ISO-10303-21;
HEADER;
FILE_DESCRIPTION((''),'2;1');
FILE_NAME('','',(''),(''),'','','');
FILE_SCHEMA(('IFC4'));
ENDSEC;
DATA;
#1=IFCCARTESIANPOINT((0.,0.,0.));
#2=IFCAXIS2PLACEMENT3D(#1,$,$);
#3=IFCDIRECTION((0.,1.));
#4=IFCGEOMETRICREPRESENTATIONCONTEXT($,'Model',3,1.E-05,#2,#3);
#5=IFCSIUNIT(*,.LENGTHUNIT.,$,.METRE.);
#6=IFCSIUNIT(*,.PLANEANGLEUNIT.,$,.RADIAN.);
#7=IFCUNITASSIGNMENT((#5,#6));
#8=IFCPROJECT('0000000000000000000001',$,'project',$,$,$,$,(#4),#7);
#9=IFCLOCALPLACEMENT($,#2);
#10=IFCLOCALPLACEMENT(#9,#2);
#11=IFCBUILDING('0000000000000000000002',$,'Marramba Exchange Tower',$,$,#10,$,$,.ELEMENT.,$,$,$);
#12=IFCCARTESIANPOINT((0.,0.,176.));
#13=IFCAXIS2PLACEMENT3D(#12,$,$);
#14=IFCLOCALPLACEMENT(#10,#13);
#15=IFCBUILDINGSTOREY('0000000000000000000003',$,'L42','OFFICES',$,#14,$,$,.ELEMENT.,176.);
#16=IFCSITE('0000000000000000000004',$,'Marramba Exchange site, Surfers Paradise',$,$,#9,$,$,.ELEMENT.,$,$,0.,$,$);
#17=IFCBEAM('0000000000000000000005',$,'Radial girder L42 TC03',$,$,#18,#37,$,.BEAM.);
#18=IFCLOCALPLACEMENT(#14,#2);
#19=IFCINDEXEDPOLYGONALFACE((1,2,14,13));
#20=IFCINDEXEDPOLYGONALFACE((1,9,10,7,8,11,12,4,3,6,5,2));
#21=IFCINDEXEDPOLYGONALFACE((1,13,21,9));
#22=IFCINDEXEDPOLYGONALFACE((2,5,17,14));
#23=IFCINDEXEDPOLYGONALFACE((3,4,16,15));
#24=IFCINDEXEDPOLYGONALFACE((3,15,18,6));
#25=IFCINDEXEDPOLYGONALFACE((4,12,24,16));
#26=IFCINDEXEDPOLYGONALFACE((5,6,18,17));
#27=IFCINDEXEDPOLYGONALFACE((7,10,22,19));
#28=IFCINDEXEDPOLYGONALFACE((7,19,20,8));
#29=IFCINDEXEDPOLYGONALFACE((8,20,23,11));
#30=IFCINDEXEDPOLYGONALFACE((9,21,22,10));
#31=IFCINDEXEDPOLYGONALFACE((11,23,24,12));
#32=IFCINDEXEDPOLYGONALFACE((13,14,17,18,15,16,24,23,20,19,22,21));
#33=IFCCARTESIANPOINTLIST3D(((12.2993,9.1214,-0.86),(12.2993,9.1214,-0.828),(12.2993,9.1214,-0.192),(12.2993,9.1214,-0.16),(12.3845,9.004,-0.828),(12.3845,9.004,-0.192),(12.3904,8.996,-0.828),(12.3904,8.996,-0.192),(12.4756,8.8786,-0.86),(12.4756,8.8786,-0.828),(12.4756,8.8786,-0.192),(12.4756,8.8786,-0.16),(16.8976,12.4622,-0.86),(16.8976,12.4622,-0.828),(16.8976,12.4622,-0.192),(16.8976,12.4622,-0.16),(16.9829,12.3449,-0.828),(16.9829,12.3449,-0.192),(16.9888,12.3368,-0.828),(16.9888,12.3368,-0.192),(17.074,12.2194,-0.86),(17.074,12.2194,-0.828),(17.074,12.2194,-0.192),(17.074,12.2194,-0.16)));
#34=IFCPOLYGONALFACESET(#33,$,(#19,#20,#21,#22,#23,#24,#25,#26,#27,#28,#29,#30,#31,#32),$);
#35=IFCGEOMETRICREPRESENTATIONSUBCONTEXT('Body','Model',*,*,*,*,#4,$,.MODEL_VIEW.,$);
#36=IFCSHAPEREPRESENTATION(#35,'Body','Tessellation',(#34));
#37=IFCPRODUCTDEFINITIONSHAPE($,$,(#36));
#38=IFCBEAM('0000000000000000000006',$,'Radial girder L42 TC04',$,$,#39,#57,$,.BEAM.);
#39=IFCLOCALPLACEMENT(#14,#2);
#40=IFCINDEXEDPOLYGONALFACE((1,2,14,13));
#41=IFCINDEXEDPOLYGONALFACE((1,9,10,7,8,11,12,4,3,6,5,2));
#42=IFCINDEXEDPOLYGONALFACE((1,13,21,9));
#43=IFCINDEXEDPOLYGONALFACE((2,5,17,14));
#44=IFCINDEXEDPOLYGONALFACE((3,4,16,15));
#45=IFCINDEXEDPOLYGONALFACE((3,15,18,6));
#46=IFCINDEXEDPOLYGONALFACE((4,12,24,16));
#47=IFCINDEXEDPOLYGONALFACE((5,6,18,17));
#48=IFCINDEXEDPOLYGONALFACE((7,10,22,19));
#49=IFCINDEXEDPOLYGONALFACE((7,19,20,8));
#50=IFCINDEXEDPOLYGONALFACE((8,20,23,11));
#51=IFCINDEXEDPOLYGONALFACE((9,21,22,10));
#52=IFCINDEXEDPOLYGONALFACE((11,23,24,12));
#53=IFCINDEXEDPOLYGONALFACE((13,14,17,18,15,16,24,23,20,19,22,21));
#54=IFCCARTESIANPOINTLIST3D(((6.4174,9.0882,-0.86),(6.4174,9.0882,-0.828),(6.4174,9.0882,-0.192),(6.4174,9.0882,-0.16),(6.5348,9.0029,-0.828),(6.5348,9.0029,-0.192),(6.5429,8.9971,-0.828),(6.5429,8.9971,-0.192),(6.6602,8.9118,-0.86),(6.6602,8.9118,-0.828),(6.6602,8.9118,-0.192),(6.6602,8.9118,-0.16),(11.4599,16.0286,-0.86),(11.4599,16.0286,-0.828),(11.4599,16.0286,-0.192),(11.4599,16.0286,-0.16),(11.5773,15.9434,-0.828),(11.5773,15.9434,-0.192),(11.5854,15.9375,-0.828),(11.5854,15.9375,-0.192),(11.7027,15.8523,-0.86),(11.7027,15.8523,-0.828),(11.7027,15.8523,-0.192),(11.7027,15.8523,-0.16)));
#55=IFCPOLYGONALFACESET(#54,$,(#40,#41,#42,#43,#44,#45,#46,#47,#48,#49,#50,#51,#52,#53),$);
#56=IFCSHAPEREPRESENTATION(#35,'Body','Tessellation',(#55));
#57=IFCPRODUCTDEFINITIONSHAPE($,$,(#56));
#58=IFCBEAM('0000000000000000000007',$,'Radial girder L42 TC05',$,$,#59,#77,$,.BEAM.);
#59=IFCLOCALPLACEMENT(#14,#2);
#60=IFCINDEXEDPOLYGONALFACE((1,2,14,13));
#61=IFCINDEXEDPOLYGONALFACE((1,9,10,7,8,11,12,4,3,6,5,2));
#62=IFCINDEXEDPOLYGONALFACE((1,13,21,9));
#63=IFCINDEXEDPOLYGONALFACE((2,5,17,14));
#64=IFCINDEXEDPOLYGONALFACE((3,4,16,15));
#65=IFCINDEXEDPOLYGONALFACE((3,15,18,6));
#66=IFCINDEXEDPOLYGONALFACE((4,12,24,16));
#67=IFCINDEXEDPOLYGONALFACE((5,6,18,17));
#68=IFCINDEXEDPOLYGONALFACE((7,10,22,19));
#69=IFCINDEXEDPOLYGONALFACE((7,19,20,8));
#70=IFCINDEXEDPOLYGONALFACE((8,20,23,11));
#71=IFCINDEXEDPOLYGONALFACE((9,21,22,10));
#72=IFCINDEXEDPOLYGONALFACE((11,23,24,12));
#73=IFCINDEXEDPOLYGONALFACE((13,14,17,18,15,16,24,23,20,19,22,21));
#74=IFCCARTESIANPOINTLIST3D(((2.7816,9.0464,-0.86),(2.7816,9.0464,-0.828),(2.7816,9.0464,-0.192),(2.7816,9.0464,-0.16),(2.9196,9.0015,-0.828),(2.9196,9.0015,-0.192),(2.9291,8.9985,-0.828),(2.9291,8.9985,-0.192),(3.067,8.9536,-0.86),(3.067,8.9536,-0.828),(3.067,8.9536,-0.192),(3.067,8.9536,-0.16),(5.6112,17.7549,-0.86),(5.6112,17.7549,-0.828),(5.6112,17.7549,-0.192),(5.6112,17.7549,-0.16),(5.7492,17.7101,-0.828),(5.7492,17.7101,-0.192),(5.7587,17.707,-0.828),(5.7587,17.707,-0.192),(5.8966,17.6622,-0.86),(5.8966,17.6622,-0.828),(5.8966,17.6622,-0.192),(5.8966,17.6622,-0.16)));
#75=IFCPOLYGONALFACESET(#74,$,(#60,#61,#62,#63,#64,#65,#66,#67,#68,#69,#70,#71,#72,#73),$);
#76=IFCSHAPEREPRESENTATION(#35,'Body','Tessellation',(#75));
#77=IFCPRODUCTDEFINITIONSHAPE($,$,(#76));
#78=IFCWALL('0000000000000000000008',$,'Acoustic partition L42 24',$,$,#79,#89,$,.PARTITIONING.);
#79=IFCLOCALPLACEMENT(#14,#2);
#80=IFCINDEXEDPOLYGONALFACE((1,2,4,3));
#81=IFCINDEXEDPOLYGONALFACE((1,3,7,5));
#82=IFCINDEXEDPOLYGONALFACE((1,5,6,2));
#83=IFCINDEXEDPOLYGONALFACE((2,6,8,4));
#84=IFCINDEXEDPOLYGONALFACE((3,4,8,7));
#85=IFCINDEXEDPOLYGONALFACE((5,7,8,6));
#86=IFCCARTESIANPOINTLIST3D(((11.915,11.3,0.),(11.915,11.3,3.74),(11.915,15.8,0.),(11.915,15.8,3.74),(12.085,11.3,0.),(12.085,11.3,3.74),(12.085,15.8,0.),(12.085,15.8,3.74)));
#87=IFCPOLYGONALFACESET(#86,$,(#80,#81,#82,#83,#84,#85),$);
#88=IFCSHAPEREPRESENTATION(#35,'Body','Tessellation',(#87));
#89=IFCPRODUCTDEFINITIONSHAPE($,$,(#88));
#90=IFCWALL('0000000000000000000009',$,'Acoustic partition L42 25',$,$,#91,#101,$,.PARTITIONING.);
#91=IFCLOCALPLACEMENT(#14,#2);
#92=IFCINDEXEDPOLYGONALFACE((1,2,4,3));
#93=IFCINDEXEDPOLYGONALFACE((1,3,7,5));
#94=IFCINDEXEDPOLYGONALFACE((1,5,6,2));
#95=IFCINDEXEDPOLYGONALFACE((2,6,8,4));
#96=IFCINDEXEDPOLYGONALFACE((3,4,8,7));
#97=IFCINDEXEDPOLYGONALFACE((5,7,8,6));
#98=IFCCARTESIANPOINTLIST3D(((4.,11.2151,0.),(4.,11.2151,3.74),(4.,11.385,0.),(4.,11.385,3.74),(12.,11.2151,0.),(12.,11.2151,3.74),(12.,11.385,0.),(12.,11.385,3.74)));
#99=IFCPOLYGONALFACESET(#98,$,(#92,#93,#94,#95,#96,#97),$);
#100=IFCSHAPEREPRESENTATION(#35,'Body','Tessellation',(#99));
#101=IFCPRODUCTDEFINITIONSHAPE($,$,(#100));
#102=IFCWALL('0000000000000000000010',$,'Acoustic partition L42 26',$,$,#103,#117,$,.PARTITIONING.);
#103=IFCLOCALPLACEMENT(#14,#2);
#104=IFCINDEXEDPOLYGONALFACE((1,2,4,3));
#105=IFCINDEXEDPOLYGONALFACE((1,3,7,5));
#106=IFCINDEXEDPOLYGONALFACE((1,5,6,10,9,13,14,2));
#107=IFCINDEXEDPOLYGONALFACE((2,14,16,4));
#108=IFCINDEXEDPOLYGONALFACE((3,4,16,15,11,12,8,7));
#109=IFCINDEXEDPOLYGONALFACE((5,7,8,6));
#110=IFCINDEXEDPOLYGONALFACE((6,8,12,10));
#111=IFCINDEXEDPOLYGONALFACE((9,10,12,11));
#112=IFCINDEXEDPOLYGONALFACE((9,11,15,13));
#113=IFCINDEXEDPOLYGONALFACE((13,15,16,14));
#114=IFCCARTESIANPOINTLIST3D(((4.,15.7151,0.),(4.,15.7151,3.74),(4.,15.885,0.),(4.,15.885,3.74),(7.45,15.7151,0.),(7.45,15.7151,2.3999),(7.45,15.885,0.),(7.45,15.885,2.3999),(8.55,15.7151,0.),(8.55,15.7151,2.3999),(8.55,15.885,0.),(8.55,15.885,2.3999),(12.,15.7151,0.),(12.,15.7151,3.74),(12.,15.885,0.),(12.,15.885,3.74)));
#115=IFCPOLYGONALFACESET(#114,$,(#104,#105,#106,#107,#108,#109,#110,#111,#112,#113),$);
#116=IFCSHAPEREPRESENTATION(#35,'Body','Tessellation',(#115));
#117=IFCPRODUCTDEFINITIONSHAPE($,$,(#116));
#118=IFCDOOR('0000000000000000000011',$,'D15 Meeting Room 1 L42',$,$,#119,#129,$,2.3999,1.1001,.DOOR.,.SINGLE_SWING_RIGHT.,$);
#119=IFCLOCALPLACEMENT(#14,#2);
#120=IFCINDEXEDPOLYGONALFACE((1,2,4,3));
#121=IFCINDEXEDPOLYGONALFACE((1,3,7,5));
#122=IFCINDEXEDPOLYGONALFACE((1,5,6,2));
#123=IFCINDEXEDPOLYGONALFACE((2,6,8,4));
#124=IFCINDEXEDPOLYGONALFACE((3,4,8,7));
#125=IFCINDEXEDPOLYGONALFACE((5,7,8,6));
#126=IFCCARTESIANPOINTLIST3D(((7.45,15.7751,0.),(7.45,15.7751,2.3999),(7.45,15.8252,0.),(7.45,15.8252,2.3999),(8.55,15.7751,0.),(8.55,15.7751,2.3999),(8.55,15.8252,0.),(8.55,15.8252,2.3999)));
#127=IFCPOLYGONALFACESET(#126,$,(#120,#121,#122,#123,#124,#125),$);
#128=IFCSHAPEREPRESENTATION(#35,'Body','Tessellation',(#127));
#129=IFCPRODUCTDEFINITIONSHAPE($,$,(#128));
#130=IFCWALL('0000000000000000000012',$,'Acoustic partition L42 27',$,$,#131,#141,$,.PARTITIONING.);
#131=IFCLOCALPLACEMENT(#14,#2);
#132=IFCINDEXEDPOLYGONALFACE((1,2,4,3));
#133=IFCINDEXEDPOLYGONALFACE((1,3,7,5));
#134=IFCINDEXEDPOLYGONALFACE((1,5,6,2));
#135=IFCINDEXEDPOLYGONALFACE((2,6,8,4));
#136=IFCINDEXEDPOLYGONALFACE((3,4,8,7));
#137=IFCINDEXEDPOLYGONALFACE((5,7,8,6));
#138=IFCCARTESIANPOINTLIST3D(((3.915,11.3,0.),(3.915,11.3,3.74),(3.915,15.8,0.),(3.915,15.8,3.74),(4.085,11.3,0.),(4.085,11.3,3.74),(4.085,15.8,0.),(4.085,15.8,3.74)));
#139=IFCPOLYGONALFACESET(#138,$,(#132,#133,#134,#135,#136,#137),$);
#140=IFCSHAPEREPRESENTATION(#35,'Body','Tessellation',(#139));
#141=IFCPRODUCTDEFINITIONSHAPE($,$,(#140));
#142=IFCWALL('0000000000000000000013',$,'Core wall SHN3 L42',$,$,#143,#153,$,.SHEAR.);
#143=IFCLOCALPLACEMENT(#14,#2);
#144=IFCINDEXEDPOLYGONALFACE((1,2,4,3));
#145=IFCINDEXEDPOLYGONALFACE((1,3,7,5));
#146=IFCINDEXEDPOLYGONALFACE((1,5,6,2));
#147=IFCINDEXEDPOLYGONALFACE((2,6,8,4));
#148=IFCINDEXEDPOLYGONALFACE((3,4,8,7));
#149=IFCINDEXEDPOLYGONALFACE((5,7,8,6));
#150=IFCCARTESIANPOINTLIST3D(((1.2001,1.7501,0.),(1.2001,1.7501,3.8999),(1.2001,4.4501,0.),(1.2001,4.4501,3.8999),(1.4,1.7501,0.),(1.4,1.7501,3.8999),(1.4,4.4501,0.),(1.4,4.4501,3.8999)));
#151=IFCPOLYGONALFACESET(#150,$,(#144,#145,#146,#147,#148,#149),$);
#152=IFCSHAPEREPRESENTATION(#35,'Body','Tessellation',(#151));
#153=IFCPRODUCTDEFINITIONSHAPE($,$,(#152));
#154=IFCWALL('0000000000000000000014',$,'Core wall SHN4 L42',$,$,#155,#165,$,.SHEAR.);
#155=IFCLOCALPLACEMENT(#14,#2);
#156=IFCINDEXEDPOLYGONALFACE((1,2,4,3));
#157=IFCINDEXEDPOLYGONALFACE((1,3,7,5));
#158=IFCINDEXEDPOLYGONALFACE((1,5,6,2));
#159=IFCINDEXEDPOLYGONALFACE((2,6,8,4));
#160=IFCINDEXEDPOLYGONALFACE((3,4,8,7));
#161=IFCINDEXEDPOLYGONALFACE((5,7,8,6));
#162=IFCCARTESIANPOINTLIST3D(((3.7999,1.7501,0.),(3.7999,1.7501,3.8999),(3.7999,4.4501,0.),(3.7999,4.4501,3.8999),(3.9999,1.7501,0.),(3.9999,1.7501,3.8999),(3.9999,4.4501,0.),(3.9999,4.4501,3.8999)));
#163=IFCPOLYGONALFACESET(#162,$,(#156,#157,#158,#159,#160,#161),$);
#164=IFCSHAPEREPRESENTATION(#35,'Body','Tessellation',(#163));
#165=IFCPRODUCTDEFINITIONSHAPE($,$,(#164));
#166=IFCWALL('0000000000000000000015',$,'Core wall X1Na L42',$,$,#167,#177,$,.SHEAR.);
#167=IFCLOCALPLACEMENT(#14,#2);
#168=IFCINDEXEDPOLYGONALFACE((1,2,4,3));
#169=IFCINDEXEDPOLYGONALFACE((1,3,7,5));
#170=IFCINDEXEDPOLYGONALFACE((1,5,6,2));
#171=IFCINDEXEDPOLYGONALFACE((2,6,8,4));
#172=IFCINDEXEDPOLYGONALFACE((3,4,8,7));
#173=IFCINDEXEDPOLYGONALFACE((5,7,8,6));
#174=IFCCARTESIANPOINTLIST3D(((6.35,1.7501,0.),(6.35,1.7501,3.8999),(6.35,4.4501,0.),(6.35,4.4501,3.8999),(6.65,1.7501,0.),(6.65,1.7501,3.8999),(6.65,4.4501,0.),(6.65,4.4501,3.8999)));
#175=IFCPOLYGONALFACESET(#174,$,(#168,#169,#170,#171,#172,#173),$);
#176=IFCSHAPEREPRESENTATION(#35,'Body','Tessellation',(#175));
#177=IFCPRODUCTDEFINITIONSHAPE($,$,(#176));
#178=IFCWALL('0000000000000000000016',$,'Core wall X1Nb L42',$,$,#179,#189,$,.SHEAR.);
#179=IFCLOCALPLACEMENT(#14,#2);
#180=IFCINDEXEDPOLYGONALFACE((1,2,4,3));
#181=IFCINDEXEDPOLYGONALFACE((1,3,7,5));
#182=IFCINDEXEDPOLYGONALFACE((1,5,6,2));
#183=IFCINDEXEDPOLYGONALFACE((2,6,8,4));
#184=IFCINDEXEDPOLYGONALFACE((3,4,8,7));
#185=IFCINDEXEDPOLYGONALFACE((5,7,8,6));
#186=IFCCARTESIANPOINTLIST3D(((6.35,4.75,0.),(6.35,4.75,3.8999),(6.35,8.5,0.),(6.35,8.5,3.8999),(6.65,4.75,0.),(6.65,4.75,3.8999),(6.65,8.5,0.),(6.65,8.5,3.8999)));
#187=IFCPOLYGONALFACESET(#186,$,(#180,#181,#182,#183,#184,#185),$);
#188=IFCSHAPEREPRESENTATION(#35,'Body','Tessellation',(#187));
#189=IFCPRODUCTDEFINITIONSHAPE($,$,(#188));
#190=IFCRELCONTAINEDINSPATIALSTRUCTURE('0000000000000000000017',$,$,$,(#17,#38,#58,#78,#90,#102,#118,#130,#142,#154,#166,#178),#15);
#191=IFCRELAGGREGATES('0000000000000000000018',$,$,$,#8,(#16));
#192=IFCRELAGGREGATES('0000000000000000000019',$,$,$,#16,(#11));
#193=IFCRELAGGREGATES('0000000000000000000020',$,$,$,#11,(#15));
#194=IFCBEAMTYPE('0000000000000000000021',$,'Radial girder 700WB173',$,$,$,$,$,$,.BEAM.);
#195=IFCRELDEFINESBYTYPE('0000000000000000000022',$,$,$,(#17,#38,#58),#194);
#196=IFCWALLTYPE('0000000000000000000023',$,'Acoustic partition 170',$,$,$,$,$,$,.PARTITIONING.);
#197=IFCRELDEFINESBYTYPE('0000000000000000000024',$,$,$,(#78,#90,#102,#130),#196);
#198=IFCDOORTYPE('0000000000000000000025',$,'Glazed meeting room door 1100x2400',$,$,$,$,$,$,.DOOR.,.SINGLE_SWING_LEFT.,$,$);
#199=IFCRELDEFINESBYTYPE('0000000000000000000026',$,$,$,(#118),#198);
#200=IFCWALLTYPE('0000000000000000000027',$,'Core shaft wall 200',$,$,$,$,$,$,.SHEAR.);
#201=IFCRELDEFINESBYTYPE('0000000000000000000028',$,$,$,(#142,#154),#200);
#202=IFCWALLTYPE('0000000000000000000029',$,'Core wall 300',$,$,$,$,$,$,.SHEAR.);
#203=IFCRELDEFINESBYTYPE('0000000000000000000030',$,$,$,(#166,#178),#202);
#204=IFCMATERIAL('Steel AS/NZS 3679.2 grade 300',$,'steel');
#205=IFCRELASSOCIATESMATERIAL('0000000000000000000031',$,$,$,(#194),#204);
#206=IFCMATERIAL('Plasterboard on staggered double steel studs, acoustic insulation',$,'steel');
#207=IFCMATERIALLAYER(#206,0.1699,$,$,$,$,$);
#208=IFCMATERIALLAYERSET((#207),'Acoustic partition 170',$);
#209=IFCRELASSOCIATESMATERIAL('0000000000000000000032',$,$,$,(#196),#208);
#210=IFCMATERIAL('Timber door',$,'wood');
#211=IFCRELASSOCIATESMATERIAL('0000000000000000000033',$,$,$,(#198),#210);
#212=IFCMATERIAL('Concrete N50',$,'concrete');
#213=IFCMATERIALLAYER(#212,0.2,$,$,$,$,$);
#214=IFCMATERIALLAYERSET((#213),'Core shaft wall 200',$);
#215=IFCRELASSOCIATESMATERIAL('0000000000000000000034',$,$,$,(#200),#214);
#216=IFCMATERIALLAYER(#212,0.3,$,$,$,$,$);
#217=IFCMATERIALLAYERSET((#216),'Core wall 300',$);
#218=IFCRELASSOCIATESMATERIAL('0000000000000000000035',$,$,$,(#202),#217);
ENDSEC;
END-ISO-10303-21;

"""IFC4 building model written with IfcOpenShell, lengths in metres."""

from ifc_helpers import new_model, si_unit, direction, frame, frame_2d, origin, origin_2d, place, context, subcontext, project, spatial, rectangle, i_section, extrude, material, layer, layer_set, material_profile, profile_set, type_object, element, fill, save


model = new_model("IFC4")

# Units and contexts
model_context = context("Model", 3, precision=1e-05, world=origin(), true_north=direction((0.0, 1.0)))
body_context = subcontext(model_context, "Body", "Model", "MODEL_VIEW")
ifc_project = project(units=[si_unit("LENGTHUNIT", "METRE"), si_unit("PLANEANGLEUNIT", "RADIAN")], contexts=[model_context])

# Site, building, storey
site_placement = place(None, origin())
site = spatial("IfcSite", under=ifc_project, at=site_placement, Name="Marramba Exchange site, Surfers Paradise", CompositionType="ELEMENT", RefElevation=0.0)
building_placement = place(site_placement, origin())
building = spatial("IfcBuilding", under=site, at=building_placement, Name="Marramba Exchange Tower", CompositionType="ELEMENT")
storey_placement = place(building_placement, frame((0.0, 0.0, 176.0)))
storey = spatial("IfcBuildingStorey", under=building, at=storey_placement, Name="L42", Description="OFFICES", CompositionType="ELEMENT", Elevation=176.0)

# Beams
ifc_material_1 = material(Name="Steel AS/NZS 3679.2 grade 300", Category="steel")
ifc_material_profile_1 = material_profile(ifc_material_1, i_section(OverallWidth=0.3, OverallDepth=0.7, WebThickness=0.01, FlangeThickness=0.032, at=origin_2d()), Name="700WB173")
ifc_profile_set_1 = profile_set([ifc_material_profile_1], Name="Steel AS/NZS 3679.2 grade 300")
beam_type_1 = type_object("IfcBeamType", Name="Radial girder 700WB173", PredefinedType="BEAM", material=ifc_profile_set_1)
beam_1_placement = place(storey_placement, frame((12.3875, 9.0, -0.51), z_axis=(0.809026, 0.587773, 0.0), x_axis=(-0.587773, 0.809026, 0.0)))
element("IfcBeam", 1, at=beam_1_placement, inside=storey, type_object=beam_type_1, Name="Radial girder L42 TC03", PredefinedType="BEAM", context=body_context, shape_type="SweptSolid", body=[
    extrude(i_section(OverallWidth=0.3, OverallDepth=0.7, WebThickness=0.01, FlangeThickness=0.032, at=origin_2d()), origin(), (0.0, 0.0, 1.0), 5.6838),
])
beam_2_placement = place(storey_placement, frame((6.5388, 9.0, -0.51), z_axis=(0.587782, 0.809019, 0.0), x_axis=(-0.809019, 0.587782, 0.0)))
element("IfcBeam", 2, at=beam_2_placement, inside=storey, type_object=beam_type_1, Name="Radial girder L42 TC04", PredefinedType="BEAM", context=body_context, shape_type="SweptSolid", body=[
    extrude(i_section(OverallWidth=0.3, OverallDepth=0.7, WebThickness=0.01, FlangeThickness=0.032, at=origin_2d()), origin(), (0.0, 0.0, 1.0), 8.5789),
])
beam_3_placement = place(storey_placement, frame((2.9243, 9.0, -0.51), z_axis=(0.30902, 0.951056, 0.0), x_axis=(-0.951056, 0.30902, 0.0)))
element("IfcBeam", 3, at=beam_3_placement, inside=storey, type_object=beam_type_1, Name="Radial girder L42 TC05", PredefinedType="BEAM", context=body_context, shape_type="SweptSolid", body=[
    extrude(i_section(OverallWidth=0.3, OverallDepth=0.7, WebThickness=0.01, FlangeThickness=0.032, at=origin_2d()), origin(), (0.0, 0.0, 1.0), 9.1567),
])

# Walls
ifc_material_2 = material(Name="Plasterboard on staggered double steel studs, acoustic insulation", Category="steel")
ifc_layer_1 = layer(ifc_material_2, 0.1699)
ifc_layer_set_1 = layer_set([ifc_layer_1], Name="Acoustic partition 170")
wall_type_1 = type_object("IfcWallType", Name="Acoustic partition 170", PredefinedType="PARTITIONING", material=ifc_layer_set_1)
wall_1_placement = place(storey_placement, frame((12.0, 11.3, 0.0), z_axis=(0.0, 0.0, 1.0), x_axis=(0.0, 1.0, 0.0)))
element("IfcWall", 4, at=wall_1_placement, inside=storey, type_object=wall_type_1, Name="Acoustic partition L42 24", PredefinedType="PARTITIONING", context=body_context, shape_type="SweptSolid", body=[
    extrude(rectangle(XDim=4.5, YDim=0.1699, at=frame_2d((2.25, 0.0))), origin(), (0.0, 0.0, 1.0), 3.74),
])
wall_2_placement = place(storey_placement, frame((4.0, 11.3, 0.0), z_axis=(0.0, 0.0, 1.0), x_axis=(1.0, 0.0, 0.0)))
element("IfcWall", 5, at=wall_2_placement, inside=storey, type_object=wall_type_1, Name="Acoustic partition L42 25", PredefinedType="PARTITIONING", context=body_context, shape_type="SweptSolid", body=[
    extrude(rectangle(XDim=8.0, YDim=0.1699, at=frame_2d((4.0, 0.0))), origin(), (0.0, 0.0, 1.0), 3.74),
])

# Wall, opening, door
wall_3_placement = place(storey_placement, frame((12.0, 15.8, 0.0), z_axis=(0.0, 0.0, 1.0), x_axis=(-1.0, 0.0, 0.0)))
wall_3 = element("IfcWall", 6, at=wall_3_placement, inside=storey, type_object=wall_type_1, Name="Acoustic partition L42 26", PredefinedType="PARTITIONING", context=body_context, shape_type="SweptSolid", body=[
    extrude(rectangle(XDim=8.0, YDim=0.1699, at=frame_2d((4.0, 0.0))), origin(), (0.0, 0.0, 1.0), 3.74),
])
opening_placement = place(wall_3_placement, frame((3.45, 0.0, 0.0)))
opening = element("IfcOpeningElement", 7, at=opening_placement, cuts=wall_3, PredefinedType="OPENING", context=body_context, shape_type="SweptSolid", body=[
    extrude(rectangle(XDim=1.1001, YDim=2.3999, at=frame_2d((0.55, 1.2))), frame((0.0, 0.095, 0.0), z_axis=(0.0, -1.0, 0.0), x_axis=(1.0, 0.0, 0.0)), (0.0, 0.0, 1.0), 0.1899),
])
ifc_material_3 = material(Name="Timber door", Category="wood")
door_type = type_object("IfcDoorType", Name="Glazed meeting room door 1100x2400", OperationType="SINGLE_SWING_LEFT", PredefinedType="DOOR", material=ifc_material_3)
door_placement = place(opening_placement, origin())
door = element("IfcDoor", 8, at=door_placement, inside=storey, type_object=door_type, Name="D15 Meeting Room 1 L42", OperationType="SINGLE_SWING_RIGHT", OverallHeight=2.3999, OverallWidth=1.1001, PredefinedType="DOOR", context=body_context, shape_type="SweptSolid", body=[
    extrude(rectangle(XDim=1.1001, YDim=2.3999, at=frame_2d((0.55, 1.2))), frame((0.0, 0.0249, 0.0), z_axis=(0.0, -1.0, 0.0), x_axis=(1.0, 0.0, 0.0)), (0.0, 0.0, 1.0), 0.05),
])
fill(opening, door)

# Walls
wall_4_placement = place(storey_placement, frame((4.0, 15.8, 0.0), z_axis=(0.0, 0.0, 1.0), x_axis=(0.0, -1.0, 0.0)))
element("IfcWall", 9, at=wall_4_placement, inside=storey, type_object=wall_type_1, Name="Acoustic partition L42 27", PredefinedType="PARTITIONING", context=body_context, shape_type="SweptSolid", body=[
    extrude(rectangle(XDim=4.5, YDim=0.1699, at=frame_2d((2.25, 0.0))), origin(), (0.0, 0.0, 1.0), 3.74),
])
ifc_material_4 = material(Name="Concrete N50", Category="concrete")
ifc_layer_2 = layer(ifc_material_4, 0.2)
ifc_layer_set_2 = layer_set([ifc_layer_2], Name="Core shaft wall 200")
wall_type_2 = type_object("IfcWallType", Name="Core shaft wall 200", PredefinedType="SHEAR", material=ifc_layer_set_2)
for number, where, z_axis, x_axis, name in (
    (10, (1.3, 1.75, 0.0), (0.0, 0.0, 1.0), (0.0, 1.0, 0.0), "Core wall SHN3 L42"),
    (11, (3.8999, 1.75, 0.0), (0.0, 0.0, 1.0), (0.0, 1.0, 0.0), "Core wall SHN4 L42"),
):
    element("IfcWall", number, at=place(storey_placement, frame(where, z_axis=z_axis, x_axis=x_axis)), inside=storey, type_object=wall_type_2, Name=name, PredefinedType="SHEAR", context=body_context, shape_type="SweptSolid", body=[
        extrude(rectangle(XDim=2.7, YDim=0.2, at=frame_2d((1.3501, 0.0))), origin(), (0.0, 0.0, 1.0), 3.8999),
    ])
ifc_layer_3 = layer(ifc_material_4, 0.3)
ifc_layer_set_3 = layer_set([ifc_layer_3], Name="Core wall 300")
wall_type_3 = type_object("IfcWallType", Name="Core wall 300", PredefinedType="SHEAR", material=ifc_layer_set_3)
wall_5_placement = place(storey_placement, frame((6.5, 1.75, 0.0), z_axis=(0.0, 0.0, 1.0), x_axis=(0.0, 1.0, 0.0)))
element("IfcWall", 12, at=wall_5_placement, inside=storey, type_object=wall_type_3, Name="Core wall X1Na L42", PredefinedType="SHEAR", context=body_context, shape_type="SweptSolid", body=[
    extrude(rectangle(XDim=2.7, YDim=0.3, at=frame_2d((1.3501, 0.0))), origin(), (0.0, 0.0, 1.0), 3.8999),
])
wall_6_placement = place(storey_placement, frame((6.5, 4.75, 0.0), z_axis=(0.0, 0.0, 1.0), x_axis=(0.0, 1.0, 0.0)))
element("IfcWall", 13, at=wall_6_placement, inside=storey, type_object=wall_type_3, Name="Core wall X1Nb L42", PredefinedType="SHEAR", context=body_context, shape_type="SweptSolid", body=[
    extrude(rectangle(XDim=3.75, YDim=0.3, at=frame_2d((1.875, 0.0))), origin(), (0.0, 0.0, 1.0), 3.8999),
])

save(model, "model.ifc")
